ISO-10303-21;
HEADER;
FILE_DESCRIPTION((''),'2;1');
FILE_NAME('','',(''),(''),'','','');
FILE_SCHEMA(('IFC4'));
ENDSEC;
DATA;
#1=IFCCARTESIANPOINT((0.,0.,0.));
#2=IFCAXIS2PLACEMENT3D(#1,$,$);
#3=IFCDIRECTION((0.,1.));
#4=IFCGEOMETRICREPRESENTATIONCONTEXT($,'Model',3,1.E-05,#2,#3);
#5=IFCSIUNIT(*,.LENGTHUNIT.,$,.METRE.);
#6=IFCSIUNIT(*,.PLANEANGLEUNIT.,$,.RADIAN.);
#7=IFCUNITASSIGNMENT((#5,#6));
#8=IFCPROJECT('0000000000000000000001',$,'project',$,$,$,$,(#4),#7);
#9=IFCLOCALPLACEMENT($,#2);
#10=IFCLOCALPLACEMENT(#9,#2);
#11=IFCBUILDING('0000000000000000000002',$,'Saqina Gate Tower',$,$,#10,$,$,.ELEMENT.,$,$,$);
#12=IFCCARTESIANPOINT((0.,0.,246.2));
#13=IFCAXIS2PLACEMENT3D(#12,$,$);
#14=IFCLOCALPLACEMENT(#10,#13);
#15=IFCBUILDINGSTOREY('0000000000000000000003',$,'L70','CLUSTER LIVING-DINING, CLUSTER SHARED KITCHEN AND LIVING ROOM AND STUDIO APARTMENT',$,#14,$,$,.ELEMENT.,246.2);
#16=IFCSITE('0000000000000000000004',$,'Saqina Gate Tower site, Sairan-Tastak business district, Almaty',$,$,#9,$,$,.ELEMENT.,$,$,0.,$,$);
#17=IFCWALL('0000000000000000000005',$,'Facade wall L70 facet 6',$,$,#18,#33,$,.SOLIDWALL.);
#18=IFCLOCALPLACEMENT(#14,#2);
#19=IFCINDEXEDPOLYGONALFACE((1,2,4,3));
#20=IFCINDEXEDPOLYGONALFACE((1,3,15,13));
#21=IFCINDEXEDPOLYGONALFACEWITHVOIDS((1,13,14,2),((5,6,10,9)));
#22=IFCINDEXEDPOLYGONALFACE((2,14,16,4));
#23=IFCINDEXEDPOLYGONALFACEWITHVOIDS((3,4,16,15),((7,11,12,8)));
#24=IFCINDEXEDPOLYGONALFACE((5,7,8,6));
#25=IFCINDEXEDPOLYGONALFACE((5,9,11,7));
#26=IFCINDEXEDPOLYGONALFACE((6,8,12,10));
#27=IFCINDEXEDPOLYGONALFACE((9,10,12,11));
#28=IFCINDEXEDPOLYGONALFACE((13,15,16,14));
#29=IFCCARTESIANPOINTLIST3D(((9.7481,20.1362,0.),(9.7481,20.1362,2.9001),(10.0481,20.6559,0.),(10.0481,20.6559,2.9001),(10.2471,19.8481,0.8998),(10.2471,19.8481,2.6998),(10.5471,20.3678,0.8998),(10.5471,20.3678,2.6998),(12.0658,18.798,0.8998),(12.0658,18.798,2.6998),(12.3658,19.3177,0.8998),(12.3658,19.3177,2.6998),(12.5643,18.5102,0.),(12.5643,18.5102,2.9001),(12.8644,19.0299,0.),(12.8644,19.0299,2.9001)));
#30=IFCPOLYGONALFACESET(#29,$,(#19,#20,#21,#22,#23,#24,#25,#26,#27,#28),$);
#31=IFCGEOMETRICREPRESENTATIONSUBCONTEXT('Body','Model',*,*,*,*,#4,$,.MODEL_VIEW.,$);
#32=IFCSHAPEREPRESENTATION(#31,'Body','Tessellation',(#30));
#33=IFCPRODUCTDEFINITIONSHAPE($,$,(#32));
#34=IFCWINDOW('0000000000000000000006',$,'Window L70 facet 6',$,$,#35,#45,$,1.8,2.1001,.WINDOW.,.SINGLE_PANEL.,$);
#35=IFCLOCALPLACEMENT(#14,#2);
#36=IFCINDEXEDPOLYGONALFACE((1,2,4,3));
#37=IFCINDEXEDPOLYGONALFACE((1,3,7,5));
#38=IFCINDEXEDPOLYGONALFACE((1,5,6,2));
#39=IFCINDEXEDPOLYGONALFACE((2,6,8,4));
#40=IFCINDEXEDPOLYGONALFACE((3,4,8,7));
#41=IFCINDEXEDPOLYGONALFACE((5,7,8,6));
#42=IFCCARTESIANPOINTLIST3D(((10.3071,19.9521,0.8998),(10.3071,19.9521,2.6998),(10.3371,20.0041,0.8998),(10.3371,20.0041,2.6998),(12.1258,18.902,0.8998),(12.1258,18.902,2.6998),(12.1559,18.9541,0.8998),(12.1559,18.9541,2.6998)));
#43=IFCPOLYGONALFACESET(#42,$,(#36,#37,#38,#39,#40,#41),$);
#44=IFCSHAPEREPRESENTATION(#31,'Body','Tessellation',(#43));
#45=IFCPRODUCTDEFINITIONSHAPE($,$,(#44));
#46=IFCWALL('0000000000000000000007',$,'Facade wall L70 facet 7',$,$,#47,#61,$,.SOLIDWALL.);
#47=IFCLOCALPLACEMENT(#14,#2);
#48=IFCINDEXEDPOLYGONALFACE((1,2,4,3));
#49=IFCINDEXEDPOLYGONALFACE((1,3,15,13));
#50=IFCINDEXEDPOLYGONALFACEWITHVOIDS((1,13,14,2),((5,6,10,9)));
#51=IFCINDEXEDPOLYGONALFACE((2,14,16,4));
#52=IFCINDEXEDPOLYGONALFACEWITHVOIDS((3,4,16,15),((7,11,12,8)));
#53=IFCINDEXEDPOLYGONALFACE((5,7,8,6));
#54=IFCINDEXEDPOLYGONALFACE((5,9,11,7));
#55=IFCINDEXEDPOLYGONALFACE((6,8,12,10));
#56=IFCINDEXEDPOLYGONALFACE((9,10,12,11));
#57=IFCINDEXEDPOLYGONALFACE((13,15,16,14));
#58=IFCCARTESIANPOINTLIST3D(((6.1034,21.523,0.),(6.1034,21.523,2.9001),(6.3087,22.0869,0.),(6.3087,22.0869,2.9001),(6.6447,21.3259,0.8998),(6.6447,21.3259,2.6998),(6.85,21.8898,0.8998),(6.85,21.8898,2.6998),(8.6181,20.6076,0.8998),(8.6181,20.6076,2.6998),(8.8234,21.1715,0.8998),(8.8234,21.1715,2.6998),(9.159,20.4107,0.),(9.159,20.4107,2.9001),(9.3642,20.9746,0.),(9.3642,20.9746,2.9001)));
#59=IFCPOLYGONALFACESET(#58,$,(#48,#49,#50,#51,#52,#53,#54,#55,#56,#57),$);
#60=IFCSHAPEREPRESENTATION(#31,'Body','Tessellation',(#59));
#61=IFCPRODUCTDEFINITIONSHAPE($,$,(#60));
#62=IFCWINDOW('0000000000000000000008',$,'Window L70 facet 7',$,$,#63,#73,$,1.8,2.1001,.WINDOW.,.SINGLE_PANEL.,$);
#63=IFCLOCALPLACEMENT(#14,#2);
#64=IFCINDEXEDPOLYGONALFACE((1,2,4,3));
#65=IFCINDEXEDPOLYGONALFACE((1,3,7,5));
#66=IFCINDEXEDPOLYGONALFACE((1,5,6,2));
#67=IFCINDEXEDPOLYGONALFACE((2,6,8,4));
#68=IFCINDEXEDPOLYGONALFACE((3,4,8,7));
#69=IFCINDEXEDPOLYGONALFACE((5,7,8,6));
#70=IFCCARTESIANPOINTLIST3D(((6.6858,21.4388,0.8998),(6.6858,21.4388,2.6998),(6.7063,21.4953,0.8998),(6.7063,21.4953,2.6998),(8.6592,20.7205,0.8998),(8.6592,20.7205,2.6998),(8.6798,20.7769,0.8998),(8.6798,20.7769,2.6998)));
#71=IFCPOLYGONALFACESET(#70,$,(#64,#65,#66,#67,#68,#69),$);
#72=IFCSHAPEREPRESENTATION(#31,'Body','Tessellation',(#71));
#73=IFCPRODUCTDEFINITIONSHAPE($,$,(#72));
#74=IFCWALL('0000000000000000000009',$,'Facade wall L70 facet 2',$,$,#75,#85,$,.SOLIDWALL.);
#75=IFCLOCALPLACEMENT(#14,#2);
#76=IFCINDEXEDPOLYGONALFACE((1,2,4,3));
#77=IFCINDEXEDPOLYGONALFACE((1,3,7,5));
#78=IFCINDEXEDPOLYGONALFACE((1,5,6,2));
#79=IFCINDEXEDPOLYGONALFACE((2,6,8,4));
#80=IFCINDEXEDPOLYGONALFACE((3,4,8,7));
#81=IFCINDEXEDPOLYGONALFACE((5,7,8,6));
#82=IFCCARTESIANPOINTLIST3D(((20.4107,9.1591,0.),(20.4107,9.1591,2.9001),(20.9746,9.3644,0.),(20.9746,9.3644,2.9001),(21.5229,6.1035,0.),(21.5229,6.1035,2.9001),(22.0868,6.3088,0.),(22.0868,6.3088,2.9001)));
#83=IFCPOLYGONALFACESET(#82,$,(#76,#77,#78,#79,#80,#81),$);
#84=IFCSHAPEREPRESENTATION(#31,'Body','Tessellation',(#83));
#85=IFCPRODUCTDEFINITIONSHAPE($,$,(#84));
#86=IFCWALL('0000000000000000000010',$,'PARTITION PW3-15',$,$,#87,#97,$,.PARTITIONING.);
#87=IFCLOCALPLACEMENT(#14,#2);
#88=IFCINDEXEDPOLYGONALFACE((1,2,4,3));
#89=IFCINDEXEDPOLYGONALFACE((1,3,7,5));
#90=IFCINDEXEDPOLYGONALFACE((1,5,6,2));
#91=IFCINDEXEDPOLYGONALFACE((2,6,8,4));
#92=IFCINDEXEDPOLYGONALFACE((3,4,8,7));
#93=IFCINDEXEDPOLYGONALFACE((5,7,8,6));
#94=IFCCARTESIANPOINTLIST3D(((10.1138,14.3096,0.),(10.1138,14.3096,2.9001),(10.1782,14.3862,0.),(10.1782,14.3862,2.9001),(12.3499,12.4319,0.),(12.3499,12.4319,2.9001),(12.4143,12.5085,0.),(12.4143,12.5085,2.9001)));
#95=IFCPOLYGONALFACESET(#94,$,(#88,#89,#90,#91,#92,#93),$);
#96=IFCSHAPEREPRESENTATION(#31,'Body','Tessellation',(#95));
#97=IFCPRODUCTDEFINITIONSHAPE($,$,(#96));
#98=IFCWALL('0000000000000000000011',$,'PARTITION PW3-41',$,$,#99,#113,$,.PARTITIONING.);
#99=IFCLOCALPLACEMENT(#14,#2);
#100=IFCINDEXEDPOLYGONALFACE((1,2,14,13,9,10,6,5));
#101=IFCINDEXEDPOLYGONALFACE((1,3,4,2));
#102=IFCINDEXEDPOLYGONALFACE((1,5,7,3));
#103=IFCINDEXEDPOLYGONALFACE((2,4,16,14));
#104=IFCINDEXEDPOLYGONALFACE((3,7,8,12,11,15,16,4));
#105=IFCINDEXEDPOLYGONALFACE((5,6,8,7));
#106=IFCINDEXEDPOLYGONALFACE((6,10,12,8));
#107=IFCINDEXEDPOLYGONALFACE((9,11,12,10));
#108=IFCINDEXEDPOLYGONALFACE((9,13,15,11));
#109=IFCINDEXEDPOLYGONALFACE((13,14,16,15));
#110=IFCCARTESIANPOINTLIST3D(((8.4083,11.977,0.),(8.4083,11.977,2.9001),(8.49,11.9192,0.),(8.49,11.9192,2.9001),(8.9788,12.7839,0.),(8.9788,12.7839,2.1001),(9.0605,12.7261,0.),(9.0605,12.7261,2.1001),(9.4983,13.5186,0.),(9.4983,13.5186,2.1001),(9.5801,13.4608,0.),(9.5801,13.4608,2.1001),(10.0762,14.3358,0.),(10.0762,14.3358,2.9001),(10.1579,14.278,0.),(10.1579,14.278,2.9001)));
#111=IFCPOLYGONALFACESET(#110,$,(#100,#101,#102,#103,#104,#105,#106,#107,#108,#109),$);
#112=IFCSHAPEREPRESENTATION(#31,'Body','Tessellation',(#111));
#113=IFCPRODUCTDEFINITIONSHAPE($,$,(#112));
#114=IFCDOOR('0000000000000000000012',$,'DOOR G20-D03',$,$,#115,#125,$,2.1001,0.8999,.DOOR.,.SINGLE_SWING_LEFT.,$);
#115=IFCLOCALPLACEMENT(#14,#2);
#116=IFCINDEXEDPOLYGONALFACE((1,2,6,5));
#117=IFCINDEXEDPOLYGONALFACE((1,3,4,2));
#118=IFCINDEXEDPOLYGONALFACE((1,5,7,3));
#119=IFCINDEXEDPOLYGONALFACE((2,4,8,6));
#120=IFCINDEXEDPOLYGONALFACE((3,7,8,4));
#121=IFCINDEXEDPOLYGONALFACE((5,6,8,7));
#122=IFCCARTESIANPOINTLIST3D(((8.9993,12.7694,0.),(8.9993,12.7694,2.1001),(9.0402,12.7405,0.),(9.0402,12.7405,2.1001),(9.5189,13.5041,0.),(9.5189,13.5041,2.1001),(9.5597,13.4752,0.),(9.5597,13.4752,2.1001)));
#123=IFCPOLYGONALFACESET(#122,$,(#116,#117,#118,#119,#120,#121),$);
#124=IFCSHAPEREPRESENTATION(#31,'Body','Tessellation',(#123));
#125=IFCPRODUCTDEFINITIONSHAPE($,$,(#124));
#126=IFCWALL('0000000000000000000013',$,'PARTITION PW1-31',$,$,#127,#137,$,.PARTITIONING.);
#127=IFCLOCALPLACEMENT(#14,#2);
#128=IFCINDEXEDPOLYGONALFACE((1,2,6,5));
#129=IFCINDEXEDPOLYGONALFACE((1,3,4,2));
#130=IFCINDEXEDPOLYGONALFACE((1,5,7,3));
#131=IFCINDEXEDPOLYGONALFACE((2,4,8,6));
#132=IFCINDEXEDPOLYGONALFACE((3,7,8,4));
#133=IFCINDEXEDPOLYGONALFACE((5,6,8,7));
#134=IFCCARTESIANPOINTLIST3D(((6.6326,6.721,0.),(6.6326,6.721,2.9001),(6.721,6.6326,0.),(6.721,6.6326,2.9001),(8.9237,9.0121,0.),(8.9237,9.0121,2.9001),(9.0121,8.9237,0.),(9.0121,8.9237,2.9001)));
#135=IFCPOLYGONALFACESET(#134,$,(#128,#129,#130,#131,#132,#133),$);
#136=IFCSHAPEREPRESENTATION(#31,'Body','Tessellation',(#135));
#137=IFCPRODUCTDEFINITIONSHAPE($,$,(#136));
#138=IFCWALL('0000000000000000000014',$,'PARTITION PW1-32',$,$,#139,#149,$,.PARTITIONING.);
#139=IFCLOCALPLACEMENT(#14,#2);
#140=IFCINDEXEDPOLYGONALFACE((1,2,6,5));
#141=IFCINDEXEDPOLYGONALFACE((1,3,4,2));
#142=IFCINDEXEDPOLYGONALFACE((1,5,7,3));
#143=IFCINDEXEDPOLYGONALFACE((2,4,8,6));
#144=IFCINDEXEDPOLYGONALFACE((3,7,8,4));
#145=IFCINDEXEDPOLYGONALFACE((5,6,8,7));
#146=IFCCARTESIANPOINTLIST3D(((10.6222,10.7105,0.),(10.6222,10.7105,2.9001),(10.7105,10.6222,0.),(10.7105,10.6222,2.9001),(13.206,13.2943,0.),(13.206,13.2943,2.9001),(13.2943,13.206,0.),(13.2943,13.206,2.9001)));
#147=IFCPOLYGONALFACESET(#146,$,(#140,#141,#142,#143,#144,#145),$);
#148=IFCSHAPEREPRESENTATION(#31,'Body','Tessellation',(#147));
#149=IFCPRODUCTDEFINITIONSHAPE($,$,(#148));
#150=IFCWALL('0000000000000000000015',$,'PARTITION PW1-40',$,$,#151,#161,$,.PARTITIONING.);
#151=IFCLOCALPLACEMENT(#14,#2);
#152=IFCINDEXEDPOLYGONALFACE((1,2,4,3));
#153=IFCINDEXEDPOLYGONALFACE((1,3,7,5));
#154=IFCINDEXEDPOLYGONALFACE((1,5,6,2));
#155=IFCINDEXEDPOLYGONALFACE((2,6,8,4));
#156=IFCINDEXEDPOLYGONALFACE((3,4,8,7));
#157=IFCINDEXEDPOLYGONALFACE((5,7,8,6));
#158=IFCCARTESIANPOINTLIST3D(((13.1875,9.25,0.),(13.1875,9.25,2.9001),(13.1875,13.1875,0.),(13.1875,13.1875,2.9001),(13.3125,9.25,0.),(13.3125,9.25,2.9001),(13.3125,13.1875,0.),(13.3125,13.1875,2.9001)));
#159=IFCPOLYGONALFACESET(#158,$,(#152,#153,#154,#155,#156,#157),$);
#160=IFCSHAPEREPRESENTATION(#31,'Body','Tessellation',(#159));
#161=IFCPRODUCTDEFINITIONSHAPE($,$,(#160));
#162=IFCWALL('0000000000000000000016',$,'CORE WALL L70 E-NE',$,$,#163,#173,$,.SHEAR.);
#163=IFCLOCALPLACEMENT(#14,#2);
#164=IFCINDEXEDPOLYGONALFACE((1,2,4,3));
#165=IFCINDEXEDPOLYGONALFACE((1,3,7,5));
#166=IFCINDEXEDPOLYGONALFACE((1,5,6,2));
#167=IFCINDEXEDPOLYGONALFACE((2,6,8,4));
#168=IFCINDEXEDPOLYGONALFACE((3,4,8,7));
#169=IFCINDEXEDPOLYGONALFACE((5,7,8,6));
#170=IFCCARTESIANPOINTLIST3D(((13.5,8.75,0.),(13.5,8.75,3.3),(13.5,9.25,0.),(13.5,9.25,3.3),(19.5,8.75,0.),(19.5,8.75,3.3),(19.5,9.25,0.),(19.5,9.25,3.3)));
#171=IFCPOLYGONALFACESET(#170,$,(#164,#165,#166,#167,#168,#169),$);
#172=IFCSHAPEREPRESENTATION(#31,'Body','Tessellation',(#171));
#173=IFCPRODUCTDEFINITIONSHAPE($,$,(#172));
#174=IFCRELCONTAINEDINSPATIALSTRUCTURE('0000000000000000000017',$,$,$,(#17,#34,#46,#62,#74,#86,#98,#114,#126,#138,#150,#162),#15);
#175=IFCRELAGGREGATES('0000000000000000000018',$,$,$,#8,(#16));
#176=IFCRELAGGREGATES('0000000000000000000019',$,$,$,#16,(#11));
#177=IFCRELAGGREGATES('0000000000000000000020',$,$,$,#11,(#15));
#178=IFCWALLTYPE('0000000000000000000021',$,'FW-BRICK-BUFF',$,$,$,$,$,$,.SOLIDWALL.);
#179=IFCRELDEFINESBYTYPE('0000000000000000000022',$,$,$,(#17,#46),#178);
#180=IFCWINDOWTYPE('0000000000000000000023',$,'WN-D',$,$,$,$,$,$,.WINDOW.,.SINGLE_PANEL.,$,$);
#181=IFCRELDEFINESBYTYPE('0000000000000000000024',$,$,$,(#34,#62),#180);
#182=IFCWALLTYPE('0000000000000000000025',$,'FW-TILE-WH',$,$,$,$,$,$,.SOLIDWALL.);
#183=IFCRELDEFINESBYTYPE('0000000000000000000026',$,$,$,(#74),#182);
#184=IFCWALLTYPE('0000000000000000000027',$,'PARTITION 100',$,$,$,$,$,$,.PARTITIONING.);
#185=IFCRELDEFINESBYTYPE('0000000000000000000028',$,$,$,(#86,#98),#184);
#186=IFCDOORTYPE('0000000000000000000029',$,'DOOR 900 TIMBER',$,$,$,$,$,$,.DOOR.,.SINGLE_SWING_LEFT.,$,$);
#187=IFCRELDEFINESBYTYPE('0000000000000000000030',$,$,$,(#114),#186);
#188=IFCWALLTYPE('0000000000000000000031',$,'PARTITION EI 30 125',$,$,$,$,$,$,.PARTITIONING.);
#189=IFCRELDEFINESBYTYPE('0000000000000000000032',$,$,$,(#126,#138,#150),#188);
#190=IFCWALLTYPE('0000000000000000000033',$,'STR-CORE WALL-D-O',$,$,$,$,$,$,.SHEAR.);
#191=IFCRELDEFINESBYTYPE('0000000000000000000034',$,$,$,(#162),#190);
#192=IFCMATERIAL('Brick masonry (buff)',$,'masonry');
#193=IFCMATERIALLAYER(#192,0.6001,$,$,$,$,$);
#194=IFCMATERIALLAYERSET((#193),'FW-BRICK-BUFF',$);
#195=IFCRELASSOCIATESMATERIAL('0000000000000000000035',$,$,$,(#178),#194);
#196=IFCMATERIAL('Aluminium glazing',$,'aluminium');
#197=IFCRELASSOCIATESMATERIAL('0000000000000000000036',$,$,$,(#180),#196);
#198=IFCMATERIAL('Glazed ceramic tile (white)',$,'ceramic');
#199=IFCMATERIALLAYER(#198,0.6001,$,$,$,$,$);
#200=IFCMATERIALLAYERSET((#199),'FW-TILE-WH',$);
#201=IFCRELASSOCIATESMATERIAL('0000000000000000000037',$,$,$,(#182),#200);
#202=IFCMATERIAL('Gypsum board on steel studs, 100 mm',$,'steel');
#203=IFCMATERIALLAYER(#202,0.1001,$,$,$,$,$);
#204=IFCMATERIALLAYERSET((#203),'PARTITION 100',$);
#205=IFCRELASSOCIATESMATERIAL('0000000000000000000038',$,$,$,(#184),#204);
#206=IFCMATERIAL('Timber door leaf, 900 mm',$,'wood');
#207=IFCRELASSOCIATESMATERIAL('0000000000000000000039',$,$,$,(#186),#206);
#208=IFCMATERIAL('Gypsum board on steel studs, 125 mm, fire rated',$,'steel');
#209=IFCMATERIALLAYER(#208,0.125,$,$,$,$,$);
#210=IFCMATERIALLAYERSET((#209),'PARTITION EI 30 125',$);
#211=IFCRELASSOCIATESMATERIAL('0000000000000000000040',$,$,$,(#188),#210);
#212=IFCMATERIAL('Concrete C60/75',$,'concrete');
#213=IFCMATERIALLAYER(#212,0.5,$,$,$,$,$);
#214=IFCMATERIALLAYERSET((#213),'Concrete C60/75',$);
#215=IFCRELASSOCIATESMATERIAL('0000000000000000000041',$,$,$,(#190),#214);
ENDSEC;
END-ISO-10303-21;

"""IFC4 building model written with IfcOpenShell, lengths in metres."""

from ifc_helpers import new_model, si_unit, direction, frame, frame_2d, origin, place, context, subcontext, project, spatial, rectangle, extrude, material, layer, layer_set, type_object, element, fill, save


model = new_model("IFC4")

# Units and contexts
model_context = context("Model", 3, precision=1e-05, world=origin(), true_north=direction((0.0, 1.0)))
body_context = subcontext(model_context, "Body", "Model", "MODEL_VIEW")
ifc_project = project(units=[si_unit("LENGTHUNIT", "METRE"), si_unit("PLANEANGLEUNIT", "RADIAN")], contexts=[model_context])

# Site, building, storey
site_placement = place(None, origin())
site = spatial("IfcSite", under=ifc_project, at=site_placement, Name="Saqina Gate Tower site, Sairan-Tastak business district, Almaty", CompositionType="ELEMENT", RefElevation=0.0)
building_placement = place(site_placement, origin())
building = spatial("IfcBuilding", under=site, at=building_placement, Name="Saqina Gate Tower", CompositionType="ELEMENT")
storey_placement = place(building_placement, frame((0.0, 0.0, 246.2)))
storey = spatial("IfcBuildingStorey", under=building, at=storey_placement, Name="L70", Description="CLUSTER LIVING-DINING, CLUSTER SHARED KITCHEN AND LIVING ROOM AND STUDIO APARTMENT", CompositionType="ELEMENT", Elevation=246.2)

# Walls, openings, windows
ifc_material_1 = material(Name="Brick masonry (buff)", Category="masonry")
ifc_layer_1 = layer(ifc_material_1, 0.6001)
ifc_layer_set_1 = layer_set([ifc_layer_1], Name="FW-BRICK-BUFF")
wall_type_1 = type_object("IfcWallType", Name="FW-BRICK-BUFF", PredefinedType="SOLIDWALL", material=ifc_layer_set_1)
ifc_material_2 = material(Name="Aluminium glazing", Category="aluminium")
window_type = type_object("IfcWindowType", Name="WN-D", PartitioningType="SINGLE_PANEL", PredefinedType="WINDOW", material=ifc_material_2)
wall_1_placement = place(storey_placement, frame((12.7144, 18.77, 0.0), z_axis=(0.0, 0.0, 1.0), x_axis=(-0.866017, 0.500015, 0.0)))
wall_1 = element("IfcWall", 1, at=wall_1_placement, inside=storey, type_object=wall_type_1, Name="Facade wall L70 facet 6", PredefinedType="SOLIDWALL", context=body_context, shape_type="SweptSolid", body=[
    extrude(rectangle(XDim=3.252, YDim=0.6001, at=frame_2d((1.626, 0.0))), origin(), (0.0, 0.0, 1.0), 2.9001),
])
opening_1_placement = place(wall_1_placement, frame((0.5757, 0.0, 0.8999)))
opening_1 = element("IfcOpeningElement", 2, at=opening_1_placement, cuts=wall_1, PredefinedType="OPENING", context=body_context, shape_type="SweptSolid", body=[
    extrude(rectangle(XDim=2.1001, YDim=1.8, at=frame_2d((1.05, 0.8999))), frame((0.0, 0.312, 0.0), z_axis=(0.0, -1.0, 0.0), x_axis=(1.0, 0.0, 0.0)), (0.0, 0.0, 1.0), 0.624),
])
window_1_placement = place(opening_1_placement, origin())
window_1 = element("IfcWindow", 3, at=window_1_placement, inside=storey, type_object=window_type, Name="Window L70 facet 6", OverallHeight=1.8, OverallWidth=2.1001, PartitioningType="SINGLE_PANEL", PredefinedType="WINDOW", context=body_context, shape_type="SweptSolid", body=[
    extrude(rectangle(XDim=2.1001, YDim=1.8, at=frame_2d((1.05, 0.8999))), frame((0.0, 0.1799, 0.0), z_axis=(0.0, -1.0, 0.0), x_axis=(1.0, 0.0, 0.0)), (0.0, 0.0, 1.0), 0.0601),
])
fill(opening_1, window_1)
wall_2_placement = place(storey_placement, frame((9.2617, 20.6926, 0.0), z_axis=(0.0, 0.0, 1.0), x_axis=(-0.939679, 0.342057, 0.0)))
wall_2 = element("IfcWall", 4, at=wall_2_placement, inside=storey, type_object=wall_type_1, Name="Facade wall L70 facet 7", PredefinedType="SOLIDWALL", context=body_context, shape_type="SweptSolid", body=[
    extrude(rectangle(XDim=3.2517, YDim=0.6001, at=frame_2d((1.626, 0.0))), origin(), (0.0, 0.0, 1.0), 2.9001),
])
opening_2_placement = place(wall_2_placement, frame((0.5757, 0.0, 0.8999)))
opening_2 = element("IfcOpeningElement", 5, at=opening_2_placement, cuts=wall_2, PredefinedType="OPENING", context=body_context, shape_type="SweptSolid", body=[
    extrude(rectangle(XDim=2.1001, YDim=1.8, at=frame_2d((1.05, 0.8999))), frame((0.0, 0.312, 0.0), z_axis=(0.0, -1.0, 0.0), x_axis=(1.0, 0.0, 0.0)), (0.0, 0.0, 1.0), 0.624),
])
window_2_placement = place(opening_2_placement, origin())
window_2 = element("IfcWindow", 6, at=window_2_placement, inside=storey, type_object=window_type, Name="Window L70 facet 7", OverallHeight=1.8, OverallWidth=2.1001, PartitioningType="SINGLE_PANEL", PredefinedType="WINDOW", context=body_context, shape_type="SweptSolid", body=[
    extrude(rectangle(XDim=2.1001, YDim=1.8, at=frame_2d((1.05, 0.8999))), frame((0.0, 0.1799, 0.0), z_axis=(0.0, -1.0, 0.0), x_axis=(1.0, 0.0, 0.0)), (0.0, 0.0, 1.0), 0.0601),
])
fill(opening_2, window_2)

# Walls
ifc_material_3 = material(Name="Glazed ceramic tile (white)", Category="ceramic")
ifc_layer_2 = layer(ifc_material_3, 0.6001)
ifc_layer_set_2 = layer_set([ifc_layer_2], Name="FW-TILE-WH")
wall_type_2 = type_object("IfcWallType", Name="FW-TILE-WH", PredefinedType="SOLIDWALL", material=ifc_layer_set_2)
wall_3_placement = place(storey_placement, frame((21.8049, 6.2061, 0.0), z_axis=(0.0, 0.0, 1.0), x_axis=(-0.342057, 0.939679, 0.0)))
element("IfcWall", 7, at=wall_3_placement, inside=storey, type_object=wall_type_2, Name="Facade wall L70 facet 2", PredefinedType="SOLIDWALL", context=body_context, shape_type="SweptSolid", body=[
    extrude(rectangle(XDim=3.2517, YDim=0.6001, at=frame_2d((1.626, 0.0))), origin(), (0.0, 0.0, 1.0), 2.9001),
])
ifc_material_4 = material(Name="Gypsum board on steel studs, 100 mm", Category="steel")
ifc_layer_3 = layer(ifc_material_4, 0.1001)
ifc_layer_set_3 = layer_set([ifc_layer_3], Name="PARTITION 100")
wall_type_3 = type_object("IfcWallType", Name="PARTITION 100", PredefinedType="PARTITIONING", material=ifc_layer_set_3)
wall_4_placement = place(storey_placement, frame((10.146, 14.3479, 0.0), z_axis=(0.0, 0.0, 1.0), x_axis=(0.76581, -0.643067, 0.0)))
element("IfcWall", 8, at=wall_4_placement, inside=storey, type_object=wall_type_3, Name="PARTITION PW3-15", PredefinedType="PARTITIONING", context=body_context, shape_type="SweptSolid", body=[
    extrude(rectangle(XDim=2.9199, YDim=0.1001, at=frame_2d((1.46, 0.0))), origin(), (0.0, 0.0, 1.0), 2.9001),
])

# Wall, opening, door
wall_5_placement = place(storey_placement, frame((8.4492, 11.9482, 0.0), z_axis=(0.0, 0.0, 1.0), x_axis=(0.577347, 0.816499, 0.0)))
wall_5 = element("IfcWall", 9, at=wall_5_placement, inside=storey, type_object=wall_type_3, Name="PARTITION PW3-41", PredefinedType="PARTITIONING", context=body_context, shape_type="SweptSolid", body=[
    extrude(rectangle(XDim=2.8889, YDim=0.1001, at=frame_2d((1.4443, 0.0))), origin(), (0.0, 0.0, 1.0), 2.9001),
])
opening_3_placement = place(wall_5_placement, frame((0.988, 0.0, 0.0)))
opening_3 = element("IfcOpeningElement", 10, at=opening_3_placement, cuts=wall_5, PredefinedType="OPENING", context=body_context, shape_type="SweptSolid", body=[
    extrude(rectangle(XDim=0.8999, YDim=2.1001, at=frame_2d((0.45, 1.05))), frame((0.0, 0.062, 0.0), z_axis=(0.0, -1.0, 0.0), x_axis=(1.0, 0.0, 0.0)), (0.0, 0.0, 1.0), 0.124),
])
ifc_material_5 = material(Name="Timber door leaf, 900 mm", Category="wood")
door_type = type_object("IfcDoorType", Name="DOOR 900 TIMBER", OperationType="SINGLE_SWING_LEFT", PredefinedType="DOOR", material=ifc_material_5)
door_placement = place(opening_3_placement, origin())
door = element("IfcDoor", 11, at=door_placement, inside=storey, type_object=door_type, Name="DOOR G20-D03", OperationType="SINGLE_SWING_LEFT", OverallHeight=2.1001, OverallWidth=0.8999, PredefinedType="DOOR", context=body_context, shape_type="SweptSolid", body=[
    extrude(rectangle(XDim=0.8999, YDim=2.1001, at=frame_2d((0.45, 1.05))), frame((0.0, 0.0249, 0.0), z_axis=(0.0, -1.0, 0.0), x_axis=(1.0, 0.0, 0.0)), (0.0, 0.0, 1.0), 0.05),
])
fill(opening_3, door)

# Walls
ifc_material_6 = material(Name="Gypsum board on steel studs, 125 mm, fire rated", Category="steel")
ifc_layer_4 = layer(ifc_material_6, 0.125)
ifc_layer_set_4 = layer_set([ifc_layer_4], Name="PARTITION EI 30 125")
wall_type_4 = type_object("IfcWallType", Name="PARTITION EI 30 125", PredefinedType="PARTITIONING", material=ifc_layer_set_4)
wall_6_placement = place(storey_placement, frame((6.6768, 6.6768, 0.0), z_axis=(0.0, 0.0, 1.0), x_axis=(0.707107, 0.707107, 0.0)))
element("IfcWall", 12, at=wall_6_placement, inside=storey, type_object=wall_type_4, Name="PARTITION PW1-31", PredefinedType="PARTITIONING", context=body_context, shape_type="SweptSolid", body=[
    extrude(rectangle(XDim=3.24, YDim=0.125, at=frame_2d((1.6201, 0.0))), origin(), (0.0, 0.0, 1.0), 2.9001),
])
wall_7_placement = place(storey_placement, frame((10.6663, 10.6663, 0.0), z_axis=(0.0, 0.0, 1.0), x_axis=(0.707107, 0.707107, 0.0)))
element("IfcWall", 13, at=wall_7_placement, inside=storey, type_object=wall_type_4, Name="PARTITION PW1-32", PredefinedType="PARTITIONING", context=body_context, shape_type="SweptSolid", body=[
    extrude(rectangle(XDim=3.6541, YDim=0.125, at=frame_2d((1.8271, 0.0))), origin(), (0.0, 0.0, 1.0), 2.9001),
])
wall_8_placement = place(storey_placement, frame((13.25, 9.25, 0.0), z_axis=(0.0, 0.0, 1.0), x_axis=(0.0, 1.0, 0.0)))
element("IfcWall", 14, at=wall_8_placement, inside=storey, type_object=wall_type_4, Name="PARTITION PW1-40", PredefinedType="PARTITIONING", context=body_context, shape_type="SweptSolid", body=[
    extrude(rectangle(XDim=3.9375, YDim=0.125, at=frame_2d((1.9688, 0.0))), origin(), (0.0, 0.0, 1.0), 2.9001),
])
ifc_material_7 = material(Name="Concrete C60/75", Category="concrete")
ifc_layer_5 = layer(ifc_material_7, 0.5)
ifc_layer_set_5 = layer_set([ifc_layer_5], Name="Concrete C60/75")
wall_type_5 = type_object("IfcWallType", Name="STR-CORE WALL-D-O", PredefinedType="SHEAR", material=ifc_layer_set_5)
wall_9_placement = place(storey_placement, frame((13.5, 9.0, 0.0), z_axis=(0.0, 0.0, 1.0), x_axis=(1.0, 0.0, 0.0)))
element("IfcWall", 15, at=wall_9_placement, inside=storey, type_object=wall_type_5, Name="CORE WALL L70 E-NE", PredefinedType="SHEAR", context=body_context, shape_type="SweptSolid", body=[
    extrude(rectangle(XDim=6.0, YDim=0.5, at=frame_2d((3.0, 0.0))), origin(), (0.0, 0.0, 1.0), 3.3),
])

save(model, "model.ifc")
